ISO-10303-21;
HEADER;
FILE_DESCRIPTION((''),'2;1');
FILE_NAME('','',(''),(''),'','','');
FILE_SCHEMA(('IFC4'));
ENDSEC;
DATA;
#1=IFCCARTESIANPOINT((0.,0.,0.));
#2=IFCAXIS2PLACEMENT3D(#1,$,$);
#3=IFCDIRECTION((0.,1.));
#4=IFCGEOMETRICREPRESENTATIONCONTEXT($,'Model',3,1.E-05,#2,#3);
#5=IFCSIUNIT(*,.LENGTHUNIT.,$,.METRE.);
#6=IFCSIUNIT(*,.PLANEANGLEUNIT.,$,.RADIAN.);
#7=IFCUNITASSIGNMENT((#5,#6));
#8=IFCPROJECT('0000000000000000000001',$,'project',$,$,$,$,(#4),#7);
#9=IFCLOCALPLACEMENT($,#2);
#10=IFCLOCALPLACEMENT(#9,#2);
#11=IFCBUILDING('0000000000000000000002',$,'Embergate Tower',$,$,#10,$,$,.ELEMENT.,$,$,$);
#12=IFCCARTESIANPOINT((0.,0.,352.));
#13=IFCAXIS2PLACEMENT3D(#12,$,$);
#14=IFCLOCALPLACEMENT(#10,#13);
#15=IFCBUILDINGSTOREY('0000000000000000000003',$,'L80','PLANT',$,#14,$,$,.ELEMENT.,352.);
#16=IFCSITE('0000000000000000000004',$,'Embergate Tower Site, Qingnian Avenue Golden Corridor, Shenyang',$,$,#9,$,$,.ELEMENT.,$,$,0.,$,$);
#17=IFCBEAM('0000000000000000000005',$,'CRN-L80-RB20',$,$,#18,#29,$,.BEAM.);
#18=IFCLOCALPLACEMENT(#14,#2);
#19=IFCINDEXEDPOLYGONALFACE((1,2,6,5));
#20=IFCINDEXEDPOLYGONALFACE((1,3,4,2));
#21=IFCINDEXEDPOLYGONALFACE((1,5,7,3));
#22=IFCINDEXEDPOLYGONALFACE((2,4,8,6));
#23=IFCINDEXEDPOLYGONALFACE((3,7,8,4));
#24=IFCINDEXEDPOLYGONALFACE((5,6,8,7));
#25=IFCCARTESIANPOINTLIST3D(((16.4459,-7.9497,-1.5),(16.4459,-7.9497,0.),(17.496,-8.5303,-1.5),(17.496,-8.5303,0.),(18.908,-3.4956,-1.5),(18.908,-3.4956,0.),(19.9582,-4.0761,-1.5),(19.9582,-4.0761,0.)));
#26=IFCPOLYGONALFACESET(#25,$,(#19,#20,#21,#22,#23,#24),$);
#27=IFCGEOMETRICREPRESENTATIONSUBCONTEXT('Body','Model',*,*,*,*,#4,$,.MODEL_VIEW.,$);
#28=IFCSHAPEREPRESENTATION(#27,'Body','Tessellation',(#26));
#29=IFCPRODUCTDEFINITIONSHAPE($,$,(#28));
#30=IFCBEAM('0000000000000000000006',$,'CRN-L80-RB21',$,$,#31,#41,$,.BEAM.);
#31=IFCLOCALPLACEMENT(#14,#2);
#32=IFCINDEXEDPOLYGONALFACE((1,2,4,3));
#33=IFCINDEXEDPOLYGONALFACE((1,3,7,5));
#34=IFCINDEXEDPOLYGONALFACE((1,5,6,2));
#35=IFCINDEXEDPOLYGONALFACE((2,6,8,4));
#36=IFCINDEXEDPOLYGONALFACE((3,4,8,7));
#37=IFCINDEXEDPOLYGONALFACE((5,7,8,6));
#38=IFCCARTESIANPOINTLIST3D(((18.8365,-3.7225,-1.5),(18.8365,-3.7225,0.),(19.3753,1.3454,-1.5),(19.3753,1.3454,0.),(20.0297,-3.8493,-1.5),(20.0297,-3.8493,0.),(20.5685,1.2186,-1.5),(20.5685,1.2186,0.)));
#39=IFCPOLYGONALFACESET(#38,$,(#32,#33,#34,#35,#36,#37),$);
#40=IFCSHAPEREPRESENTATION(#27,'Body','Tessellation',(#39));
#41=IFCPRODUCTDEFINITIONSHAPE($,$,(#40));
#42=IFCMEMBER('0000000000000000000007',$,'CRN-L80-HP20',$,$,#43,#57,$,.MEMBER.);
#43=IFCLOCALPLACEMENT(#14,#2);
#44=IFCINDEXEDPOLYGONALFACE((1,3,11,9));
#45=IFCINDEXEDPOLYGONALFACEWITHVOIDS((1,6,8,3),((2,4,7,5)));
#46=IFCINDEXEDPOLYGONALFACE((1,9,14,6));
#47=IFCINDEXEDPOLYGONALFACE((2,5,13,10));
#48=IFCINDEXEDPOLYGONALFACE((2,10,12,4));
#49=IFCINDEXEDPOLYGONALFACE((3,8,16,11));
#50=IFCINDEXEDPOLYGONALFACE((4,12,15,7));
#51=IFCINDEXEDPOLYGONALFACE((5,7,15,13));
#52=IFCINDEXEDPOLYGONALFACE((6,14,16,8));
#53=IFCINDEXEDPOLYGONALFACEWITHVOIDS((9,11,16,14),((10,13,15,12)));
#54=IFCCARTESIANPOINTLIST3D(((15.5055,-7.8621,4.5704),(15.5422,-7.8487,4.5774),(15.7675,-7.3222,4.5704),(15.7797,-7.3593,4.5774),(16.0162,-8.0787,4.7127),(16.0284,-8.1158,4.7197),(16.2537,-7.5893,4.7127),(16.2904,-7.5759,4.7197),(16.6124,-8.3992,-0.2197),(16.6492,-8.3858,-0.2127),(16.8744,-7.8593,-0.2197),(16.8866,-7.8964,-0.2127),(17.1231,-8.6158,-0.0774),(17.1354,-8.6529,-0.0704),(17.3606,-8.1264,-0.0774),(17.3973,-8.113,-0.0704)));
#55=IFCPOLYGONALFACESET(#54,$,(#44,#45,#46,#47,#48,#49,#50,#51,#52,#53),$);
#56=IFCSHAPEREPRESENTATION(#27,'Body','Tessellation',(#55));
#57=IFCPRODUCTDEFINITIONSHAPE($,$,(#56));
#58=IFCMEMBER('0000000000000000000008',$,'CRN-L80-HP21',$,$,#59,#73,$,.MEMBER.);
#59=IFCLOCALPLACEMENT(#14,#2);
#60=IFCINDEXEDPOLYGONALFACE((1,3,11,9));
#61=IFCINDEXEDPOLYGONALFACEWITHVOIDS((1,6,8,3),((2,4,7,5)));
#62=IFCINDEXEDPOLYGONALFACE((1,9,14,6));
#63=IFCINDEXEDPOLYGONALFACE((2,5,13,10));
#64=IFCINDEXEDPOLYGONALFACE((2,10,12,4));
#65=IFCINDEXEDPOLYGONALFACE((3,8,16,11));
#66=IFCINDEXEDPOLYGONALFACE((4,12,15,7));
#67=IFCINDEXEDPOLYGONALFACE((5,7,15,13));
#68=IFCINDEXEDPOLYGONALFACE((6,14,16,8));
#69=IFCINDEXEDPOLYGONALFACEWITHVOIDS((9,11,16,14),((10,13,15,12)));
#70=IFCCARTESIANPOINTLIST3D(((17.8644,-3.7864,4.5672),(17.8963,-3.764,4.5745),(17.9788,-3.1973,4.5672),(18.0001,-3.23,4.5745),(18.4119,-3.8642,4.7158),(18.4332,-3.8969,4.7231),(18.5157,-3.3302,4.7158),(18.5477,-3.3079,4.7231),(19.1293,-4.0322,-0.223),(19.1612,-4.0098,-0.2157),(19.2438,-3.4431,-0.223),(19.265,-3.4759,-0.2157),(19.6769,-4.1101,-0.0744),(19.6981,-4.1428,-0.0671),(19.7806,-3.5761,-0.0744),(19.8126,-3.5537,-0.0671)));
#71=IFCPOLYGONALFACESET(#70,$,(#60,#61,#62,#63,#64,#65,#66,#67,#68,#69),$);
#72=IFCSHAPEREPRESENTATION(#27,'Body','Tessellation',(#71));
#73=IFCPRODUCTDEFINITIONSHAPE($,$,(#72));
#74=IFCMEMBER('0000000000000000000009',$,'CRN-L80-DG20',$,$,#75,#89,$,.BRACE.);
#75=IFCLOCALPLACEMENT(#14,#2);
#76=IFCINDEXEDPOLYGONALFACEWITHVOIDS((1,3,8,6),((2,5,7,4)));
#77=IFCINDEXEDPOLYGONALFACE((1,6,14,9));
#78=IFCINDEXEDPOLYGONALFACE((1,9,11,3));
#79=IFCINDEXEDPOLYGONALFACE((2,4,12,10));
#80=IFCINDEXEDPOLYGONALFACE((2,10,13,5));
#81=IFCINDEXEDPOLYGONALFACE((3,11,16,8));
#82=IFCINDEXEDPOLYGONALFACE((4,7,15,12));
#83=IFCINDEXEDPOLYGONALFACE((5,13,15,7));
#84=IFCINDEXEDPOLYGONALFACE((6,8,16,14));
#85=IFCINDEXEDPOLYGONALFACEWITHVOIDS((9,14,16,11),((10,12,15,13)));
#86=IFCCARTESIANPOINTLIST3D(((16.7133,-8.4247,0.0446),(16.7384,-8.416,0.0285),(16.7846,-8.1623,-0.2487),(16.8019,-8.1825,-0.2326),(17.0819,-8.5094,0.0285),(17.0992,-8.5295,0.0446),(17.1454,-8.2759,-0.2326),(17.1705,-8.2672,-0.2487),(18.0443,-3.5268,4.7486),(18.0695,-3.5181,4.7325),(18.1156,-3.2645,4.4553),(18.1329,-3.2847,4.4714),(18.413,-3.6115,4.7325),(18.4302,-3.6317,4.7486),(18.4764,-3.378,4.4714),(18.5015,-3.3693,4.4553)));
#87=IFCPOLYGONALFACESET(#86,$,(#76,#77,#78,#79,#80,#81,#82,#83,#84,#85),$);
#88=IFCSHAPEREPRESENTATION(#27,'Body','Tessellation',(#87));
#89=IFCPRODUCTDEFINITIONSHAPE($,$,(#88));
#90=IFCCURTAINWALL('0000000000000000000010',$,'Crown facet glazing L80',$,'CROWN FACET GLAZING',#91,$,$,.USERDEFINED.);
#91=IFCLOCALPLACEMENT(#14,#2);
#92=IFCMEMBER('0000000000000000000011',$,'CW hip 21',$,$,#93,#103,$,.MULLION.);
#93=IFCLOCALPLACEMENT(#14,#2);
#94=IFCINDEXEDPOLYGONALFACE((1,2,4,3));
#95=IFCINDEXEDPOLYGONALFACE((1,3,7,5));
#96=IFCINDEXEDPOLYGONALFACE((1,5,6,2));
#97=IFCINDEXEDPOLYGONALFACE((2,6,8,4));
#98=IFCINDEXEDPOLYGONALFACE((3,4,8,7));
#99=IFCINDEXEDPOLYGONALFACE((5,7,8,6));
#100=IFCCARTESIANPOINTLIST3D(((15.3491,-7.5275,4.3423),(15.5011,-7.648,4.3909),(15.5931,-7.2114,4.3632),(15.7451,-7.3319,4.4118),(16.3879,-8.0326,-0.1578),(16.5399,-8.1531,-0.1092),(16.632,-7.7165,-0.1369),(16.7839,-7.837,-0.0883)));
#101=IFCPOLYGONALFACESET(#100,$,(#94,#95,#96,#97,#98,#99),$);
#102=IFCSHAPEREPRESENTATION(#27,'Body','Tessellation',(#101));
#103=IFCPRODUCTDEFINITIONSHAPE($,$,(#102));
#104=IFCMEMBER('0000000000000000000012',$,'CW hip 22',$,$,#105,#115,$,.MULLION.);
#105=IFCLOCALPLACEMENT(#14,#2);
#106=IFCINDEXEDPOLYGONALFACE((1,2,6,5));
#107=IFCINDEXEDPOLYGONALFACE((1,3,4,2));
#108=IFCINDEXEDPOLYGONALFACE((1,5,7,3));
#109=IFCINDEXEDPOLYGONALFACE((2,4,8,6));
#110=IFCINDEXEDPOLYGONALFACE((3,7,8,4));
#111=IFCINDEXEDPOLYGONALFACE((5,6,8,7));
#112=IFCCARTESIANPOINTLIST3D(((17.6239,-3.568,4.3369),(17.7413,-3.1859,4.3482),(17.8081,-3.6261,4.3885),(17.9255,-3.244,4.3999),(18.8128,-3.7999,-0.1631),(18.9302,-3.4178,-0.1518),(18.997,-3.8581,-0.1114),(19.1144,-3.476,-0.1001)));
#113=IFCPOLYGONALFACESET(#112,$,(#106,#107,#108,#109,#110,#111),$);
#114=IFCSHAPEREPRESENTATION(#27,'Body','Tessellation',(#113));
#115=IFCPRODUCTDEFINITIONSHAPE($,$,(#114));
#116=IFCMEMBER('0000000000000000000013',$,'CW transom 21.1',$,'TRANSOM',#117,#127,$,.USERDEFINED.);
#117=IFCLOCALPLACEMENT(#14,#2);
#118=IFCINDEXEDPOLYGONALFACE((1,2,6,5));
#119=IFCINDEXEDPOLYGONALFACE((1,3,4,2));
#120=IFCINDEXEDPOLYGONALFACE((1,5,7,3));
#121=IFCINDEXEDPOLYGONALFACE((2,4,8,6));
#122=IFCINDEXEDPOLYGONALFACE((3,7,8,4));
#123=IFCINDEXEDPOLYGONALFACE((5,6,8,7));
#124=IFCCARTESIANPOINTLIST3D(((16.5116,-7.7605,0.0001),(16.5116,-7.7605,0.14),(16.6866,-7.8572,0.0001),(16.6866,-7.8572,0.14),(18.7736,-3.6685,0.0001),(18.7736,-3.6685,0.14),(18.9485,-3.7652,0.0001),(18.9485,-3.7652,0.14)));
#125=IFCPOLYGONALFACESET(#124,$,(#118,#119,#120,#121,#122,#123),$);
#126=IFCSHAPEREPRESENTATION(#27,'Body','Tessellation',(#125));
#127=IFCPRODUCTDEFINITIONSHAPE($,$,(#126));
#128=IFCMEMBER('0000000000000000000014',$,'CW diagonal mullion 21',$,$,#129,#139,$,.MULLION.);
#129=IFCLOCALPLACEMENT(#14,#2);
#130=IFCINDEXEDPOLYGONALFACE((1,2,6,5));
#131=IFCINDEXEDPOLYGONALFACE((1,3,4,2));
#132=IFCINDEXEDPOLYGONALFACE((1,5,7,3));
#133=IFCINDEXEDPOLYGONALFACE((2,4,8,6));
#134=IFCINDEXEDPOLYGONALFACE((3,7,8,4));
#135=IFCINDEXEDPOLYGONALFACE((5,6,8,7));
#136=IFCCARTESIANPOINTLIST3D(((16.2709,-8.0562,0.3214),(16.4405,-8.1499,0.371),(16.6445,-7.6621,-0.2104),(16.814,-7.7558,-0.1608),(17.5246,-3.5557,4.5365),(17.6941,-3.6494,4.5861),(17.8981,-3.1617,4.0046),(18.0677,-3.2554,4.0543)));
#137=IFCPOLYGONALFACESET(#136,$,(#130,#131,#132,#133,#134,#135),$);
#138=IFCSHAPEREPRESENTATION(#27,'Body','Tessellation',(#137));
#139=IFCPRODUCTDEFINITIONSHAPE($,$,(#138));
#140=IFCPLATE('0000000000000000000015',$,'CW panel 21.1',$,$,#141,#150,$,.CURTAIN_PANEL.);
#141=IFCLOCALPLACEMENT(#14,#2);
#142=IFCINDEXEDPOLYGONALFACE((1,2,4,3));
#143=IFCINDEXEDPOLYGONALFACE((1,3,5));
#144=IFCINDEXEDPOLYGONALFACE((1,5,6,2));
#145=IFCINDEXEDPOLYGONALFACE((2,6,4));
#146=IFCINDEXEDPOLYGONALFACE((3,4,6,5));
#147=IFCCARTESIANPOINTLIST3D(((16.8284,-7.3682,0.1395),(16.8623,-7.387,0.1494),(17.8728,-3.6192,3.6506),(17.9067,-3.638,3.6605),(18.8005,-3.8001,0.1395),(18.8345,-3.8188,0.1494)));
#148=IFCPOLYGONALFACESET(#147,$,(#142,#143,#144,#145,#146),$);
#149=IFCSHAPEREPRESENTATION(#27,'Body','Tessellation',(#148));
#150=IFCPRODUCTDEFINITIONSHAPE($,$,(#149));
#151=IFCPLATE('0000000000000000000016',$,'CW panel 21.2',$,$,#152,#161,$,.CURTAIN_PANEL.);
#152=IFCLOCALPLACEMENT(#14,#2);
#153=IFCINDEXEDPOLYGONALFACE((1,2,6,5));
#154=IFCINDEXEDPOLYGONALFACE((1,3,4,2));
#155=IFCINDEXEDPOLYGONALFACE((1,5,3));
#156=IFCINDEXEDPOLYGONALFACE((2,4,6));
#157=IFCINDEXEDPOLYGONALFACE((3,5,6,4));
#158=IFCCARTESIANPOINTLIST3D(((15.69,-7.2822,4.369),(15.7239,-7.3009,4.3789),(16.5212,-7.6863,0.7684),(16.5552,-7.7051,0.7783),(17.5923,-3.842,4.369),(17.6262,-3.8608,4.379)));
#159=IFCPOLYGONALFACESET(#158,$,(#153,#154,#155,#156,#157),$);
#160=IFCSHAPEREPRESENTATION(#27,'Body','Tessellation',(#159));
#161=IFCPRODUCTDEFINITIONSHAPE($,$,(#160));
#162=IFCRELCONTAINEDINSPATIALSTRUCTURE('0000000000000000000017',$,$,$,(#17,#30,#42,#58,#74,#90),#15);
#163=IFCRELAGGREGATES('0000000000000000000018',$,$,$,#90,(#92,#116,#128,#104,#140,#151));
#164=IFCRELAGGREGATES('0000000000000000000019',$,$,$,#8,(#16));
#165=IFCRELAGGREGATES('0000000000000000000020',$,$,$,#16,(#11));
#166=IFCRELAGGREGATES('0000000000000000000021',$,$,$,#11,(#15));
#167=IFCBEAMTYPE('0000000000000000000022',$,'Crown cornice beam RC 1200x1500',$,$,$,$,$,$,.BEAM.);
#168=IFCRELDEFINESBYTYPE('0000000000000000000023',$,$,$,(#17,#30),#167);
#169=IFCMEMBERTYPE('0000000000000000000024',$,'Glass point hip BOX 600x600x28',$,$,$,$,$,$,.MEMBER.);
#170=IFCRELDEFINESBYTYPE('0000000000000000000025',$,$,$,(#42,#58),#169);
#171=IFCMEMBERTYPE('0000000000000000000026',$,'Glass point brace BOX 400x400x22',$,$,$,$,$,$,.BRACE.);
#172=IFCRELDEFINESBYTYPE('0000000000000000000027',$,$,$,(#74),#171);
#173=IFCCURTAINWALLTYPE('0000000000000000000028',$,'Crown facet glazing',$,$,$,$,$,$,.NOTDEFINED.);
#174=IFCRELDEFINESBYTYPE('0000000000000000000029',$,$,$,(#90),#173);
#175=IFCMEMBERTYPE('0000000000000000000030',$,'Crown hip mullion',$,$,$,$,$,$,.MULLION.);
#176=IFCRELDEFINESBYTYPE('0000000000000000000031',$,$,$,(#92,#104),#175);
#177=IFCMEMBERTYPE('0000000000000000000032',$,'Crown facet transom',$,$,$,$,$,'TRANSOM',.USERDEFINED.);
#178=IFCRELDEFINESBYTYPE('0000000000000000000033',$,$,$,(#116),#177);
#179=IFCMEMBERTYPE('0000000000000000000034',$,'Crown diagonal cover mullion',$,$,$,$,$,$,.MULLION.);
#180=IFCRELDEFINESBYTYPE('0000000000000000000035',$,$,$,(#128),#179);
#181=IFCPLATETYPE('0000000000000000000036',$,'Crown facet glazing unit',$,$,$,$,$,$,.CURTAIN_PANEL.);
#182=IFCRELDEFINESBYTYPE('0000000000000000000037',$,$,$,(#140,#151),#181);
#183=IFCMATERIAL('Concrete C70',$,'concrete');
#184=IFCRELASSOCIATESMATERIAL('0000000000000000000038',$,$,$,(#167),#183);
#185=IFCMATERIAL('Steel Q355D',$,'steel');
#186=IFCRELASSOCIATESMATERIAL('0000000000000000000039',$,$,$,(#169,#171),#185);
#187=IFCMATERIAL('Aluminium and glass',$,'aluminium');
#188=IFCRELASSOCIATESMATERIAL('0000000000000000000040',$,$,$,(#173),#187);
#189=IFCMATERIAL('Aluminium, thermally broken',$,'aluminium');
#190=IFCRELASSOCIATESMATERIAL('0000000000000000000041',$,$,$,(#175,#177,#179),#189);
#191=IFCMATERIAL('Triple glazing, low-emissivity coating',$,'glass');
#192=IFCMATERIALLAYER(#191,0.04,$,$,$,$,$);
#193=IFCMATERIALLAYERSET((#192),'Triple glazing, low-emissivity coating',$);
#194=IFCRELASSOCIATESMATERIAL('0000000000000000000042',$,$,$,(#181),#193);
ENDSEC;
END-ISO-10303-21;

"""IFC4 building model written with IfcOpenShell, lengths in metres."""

from ifc_helpers import new_model, si_unit, direction, frame, origin, origin_2d, place, context, subcontext, project, spatial, polyline, rectangle, hollow_rectangle, outline, extrude, source, transform, mapped, material, layer, layer_set, material_profile, profile_set, type_object, element, aggregate, save


model = new_model("IFC4")

# Units and contexts
model_context = context("Model", 3, precision=1e-05, world=origin(), true_north=direction((0.0, 1.0)))
body_context = subcontext(model_context, "Body", "Model", "MODEL_VIEW")
ifc_project = project(units=[si_unit("LENGTHUNIT", "METRE"), si_unit("PLANEANGLEUNIT", "RADIAN")], contexts=[model_context])

# Site, building, storey
site_placement = place(None, origin())
site = spatial("IfcSite", under=ifc_project, at=site_placement, Name="Embergate Tower Site, Qingnian Avenue Golden Corridor, Shenyang", CompositionType="ELEMENT", RefElevation=0.0)
building_placement = place(site_placement, origin())
building = spatial("IfcBuilding", under=site, at=building_placement, Name="Embergate Tower", CompositionType="ELEMENT")
storey_placement = place(building_placement, frame((0.0, 0.0, 352.0)))
storey = spatial("IfcBuildingStorey", under=building, at=storey_placement, Name="L80", Description="PLANT", CompositionType="ELEMENT", Elevation=352.0)

# Beams
ifc_material_1 = material(Name="Concrete C70", Category="concrete")
ifc_material_profile_1 = material_profile(ifc_material_1, rectangle(XDim=1.2, YDim=1.5, at=origin_2d()), Name="RC 1200x1500")
ifc_profile_set_1 = profile_set([ifc_material_profile_1], Name="Concrete C70")
beam_type = type_object("IfcBeamType", Name="Crown cornice beam RC 1200x1500", PredefinedType="BEAM", material=ifc_profile_set_1)
shared_shape_1 = source(origin(), body_context, "Body", "SweptSolid", [
    extrude(rectangle(XDim=1.2, YDim=1.5, at=origin_2d()), origin(), (0.0, 0.0, 1.0), 5.0894),
])
beam_1_placement = place(storey_placement, frame((16.9709, -8.24, -0.75), z_axis=(0.483789, 0.875185, 0.0), x_axis=(-0.875185, 0.483789, 0.0)))
element("IfcBeam", 1, at=beam_1_placement, inside=storey, type_object=beam_type, Name="CRN-L80-RB20", PredefinedType="BEAM", context=body_context, shape_type="MappedRepresentation", body=[
    mapped(shared_shape_1, transform((0.0, 0.0, 0.0))),
])
shared_shape_2 = source(origin(), body_context, "Body", "SweptSolid", [
    extrude(rectangle(XDim=1.2, YDim=1.5, at=origin_2d()), origin(), (0.0, 0.0, 1.0), 5.0964),
])
beam_2_placement = place(storey_placement, frame((19.4331, -3.7859, -0.75), z_axis=(0.105725, 0.994395, 0.0), x_axis=(-0.994395, 0.105725, 0.0)))
element("IfcBeam", 2, at=beam_2_placement, inside=storey, type_object=beam_type, Name="CRN-L80-RB21", PredefinedType="BEAM", context=body_context, shape_type="MappedRepresentation", body=[
    mapped(shared_shape_2, transform((0.0, 0.0, 0.0))),
])

# Members
ifc_material_2 = material(Name="Steel Q355D", Category="steel")
ifc_material_profile_2 = material_profile(ifc_material_2, hollow_rectangle(XDim=0.6001, YDim=0.6001, WallThickness=0.0281, at=origin_2d()), Name="BOX 600x600x28")
ifc_profile_set_2 = profile_set([ifc_material_profile_2], Name="Steel Q355 grade D")
member_type_1 = type_object("IfcMemberType", Name="Glass point hip BOX 600x600x28", PredefinedType="MEMBER", material=ifc_profile_set_2)
shared_shape_3 = source(origin(), body_context, "Body", "SweptSolid", [
    extrude(hollow_rectangle(XDim=0.6001, YDim=0.6001, WallThickness=0.0281, at=origin_2d()), origin(), (0.0, 0.0, 1.0), 4.9456),
])
member_1_placement = place(storey_placement, frame((17.0049, -8.2561, -0.145), z_axis=(-0.223825, 0.108605, 0.968559), x_axis=(-0.436546, -0.899682, 0.0)))
element("IfcMember", 3, at=member_1_placement, inside=storey, type_object=member_type_1, Name="CRN-L80-HP20", PredefinedType="MEMBER", context=body_context, shape_type="MappedRepresentation", body=[
    mapped(shared_shape_3, transform((0.0, 0.0, 0.0))),
])
shared_shape_4 = source(origin(), body_context, "Body", "SweptSolid", [
    extrude(hollow_rectangle(XDim=0.6001, YDim=0.6001, WallThickness=0.0281, at=origin_2d()), origin(), (0.0, 0.0, 1.0), 4.9604),
])
member_2_placement = place(storey_placement, frame((19.4709, -3.793, -0.145), z_axis=(-0.255002, 0.049563, 0.96567), x_axis=(-0.190794, -0.98163, 0.0)))
element("IfcMember", 4, at=member_2_placement, inside=storey, type_object=member_type_1, Name="CRN-L80-HP21", PredefinedType="MEMBER", context=body_context, shape_type="MappedRepresentation", body=[
    mapped(shared_shape_4, transform((0.0, 0.0, 0.0))),
])
ifc_material_profile_3 = material_profile(ifc_material_2, hollow_rectangle(XDim=0.3999, YDim=0.3999, WallThickness=0.022, at=origin_2d()), Name="BOX 400x400x22")
ifc_profile_set_3 = profile_set([ifc_material_profile_3], Name="Steel Q355 grade D")
member_type_2 = type_object("IfcMemberType", Name="Glass point brace BOX 400x400x22", PredefinedType="BRACE", material=ifc_profile_set_3)
shared_shape_5 = source(origin(), body_context, "Body", "SweptSolid", [
    extrude(hollow_rectangle(XDim=0.3999, YDim=0.3999, WallThickness=0.022, at=origin_2d()), origin(), (0.0, 0.0, 1.0), 6.9202),
])
member_3_placement = place(storey_placement, frame((16.9419, -8.3459, -0.1021), z_axis=(0.192341, 0.707768, 0.679757), x_axis=(-0.965001, 0.262246, 0.0)))
element("IfcMember", 5, at=member_3_placement, inside=storey, type_object=member_type_2, Name="CRN-L80-DG20", PredefinedType="BRACE", context=body_context, shape_type="MappedRepresentation", body=[
    mapped(shared_shape_5, transform((0.0, 0.0, 0.0))),
])

# Curtain wall, members, plates
ifc_material_3 = material(Name="Aluminium and glass", Category="aluminium")
curtain_wall_type = type_object("IfcCurtainWallType", Name="Crown facet glazing", PredefinedType="NOTDEFINED", material=ifc_material_3)
curtain_wall_placement = place(storey_placement, origin())
curtain_wall = element("IfcCurtainWall", 6, at=curtain_wall_placement, inside=storey, type_object=curtain_wall_type, Name="Crown facet glazing L80", ObjectType="CROWN FACET GLAZING", PredefinedType="USERDEFINED")
ifc_material_4 = material(Name="Aluminium, thermally broken", Category="aluminium")
ifc_material_profile_4 = material_profile(ifc_material_4, rectangle(XDim=0.2, YDim=0.3999, at=origin_2d()), Name="AL 400x200")
ifc_profile_set_4 = profile_set([ifc_material_profile_4], Name="Aluminium, thermally broken")
member_type_3 = type_object("IfcMemberType", Name="Crown hip mullion", PredefinedType="MULLION", material=ifc_profile_set_4)
shared_shape_6 = source(origin(), body_context, "Body", "SweptSolid", [
    extrude(rectangle(XDim=0.2, YDim=0.3999, at=origin_2d()), origin(), (0.0, 0.0, 1.0), 4.646),
])
member_4_placement = place(storey_placement, frame((16.5859, -7.9348, -0.123), z_axis=(-0.223599, 0.108726, 0.968598), x_axis=(0.76005, -0.60268, 0.243107)))
member_4 = element("IfcMember", 7, at=member_4_placement, type_object=member_type_3, Name="CW hip 21", PredefinedType="MULLION", context=body_context, shape_type="MappedRepresentation", body=[
    mapped(shared_shape_6, transform((0.0, 0.0, 0.0))),
])
shared_shape_7 = source(origin(), body_context, "Body", "SweptSolid", [
    extrude(rectangle(XDim=0.2, YDim=0.3999, at=origin_2d()), origin(), (0.0, 0.0, 1.0), 4.6602),
])
member_5_placement = place(storey_placement, frame((18.9636, -3.6379, -0.1316), z_axis=(-0.255132, 0.049769, 0.965625), x_axis=(0.921251, -0.29074, 0.258393)))
member_5 = element("IfcMember", 8, at=member_5_placement, type_object=member_type_3, Name="CW hip 22", PredefinedType="MULLION", context=body_context, shape_type="MappedRepresentation", body=[
    mapped(shared_shape_7, transform((0.0, 0.0, 0.0))),
])
ifc_material_profile_5 = material_profile(ifc_material_4, rectangle(XDim=0.2, YDim=0.1399, at=origin_2d()), Name="AL 140x200")
ifc_profile_set_5 = profile_set([ifc_material_profile_5], Name="Aluminium, thermally broken")
member_type_4 = type_object("IfcMemberType", Name="Crown facet transom", ElementType="TRANSOM", PredefinedType="USERDEFINED", material=ifc_profile_set_5)
shared_shape_8 = source(origin(), body_context, "Body", "SweptSolid", [
    extrude(rectangle(XDim=0.2, YDim=0.1399, at=origin_2d()), origin(), (0.0, 0.0, 1.0), 4.6755),
])
member_6_placement = place(storey_placement, frame((16.5991, -7.8088, 0.0701), z_axis=(0.48378, 0.87519, 0.0), x_axis=(-0.87519, 0.48378, 0.0)))
member_6 = element("IfcMember", 9, at=member_6_placement, type_object=member_type_4, Name="CW transom 21.1", ObjectType="TRANSOM", PredefinedType="USERDEFINED", context=body_context, shape_type="MappedRepresentation", body=[
    mapped(shared_shape_8, transform((0.0, 0.0, 0.0))),
])
ifc_material_profile_6 = material_profile(ifc_material_4, rectangle(XDim=0.2, YDim=0.76, at=origin_2d()), Name="AL 760x200")
ifc_profile_set_6 = profile_set([ifc_material_profile_6], Name="Aluminium, thermally broken")
member_type_5 = type_object("IfcMemberType", Name="Crown diagonal cover mullion", PredefinedType="MULLION", material=ifc_profile_set_6)
shared_shape_9 = source(origin(), body_context, "Body", "SweptSolid", [
    extrude(rectangle(XDim=0.2, YDim=0.76, at=origin_2d()), origin(), (0.0, 0.0, 1.0), 6.2922),
])
member_7_placement = place(storey_placement, frame((16.5425, -7.906, 0.0803), z_axis=(0.199238, 0.715237, 0.66988), x_axis=(0.847775, -0.468667, 0.248253)))
member_7 = element("IfcMember", 10, at=member_7_placement, type_object=member_type_5, Name="CW diagonal mullion 21", PredefinedType="MULLION", context=body_context, shape_type="MappedRepresentation", body=[
    mapped(shared_shape_9, transform((0.0, 0.0, 0.0))),
])
ifc_material_5 = material(Name="Triple glazing, low-emissivity coating", Category="glass")
ifc_layer_1 = layer(ifc_material_5, 0.04)
ifc_layer_set_1 = layer_set([ifc_layer_1], Name="Triple glazing, low-emissivity coating")
plate_type = type_object("IfcPlateType", Name="Crown facet glazing unit", PredefinedType="CURTAIN_PANEL", material=ifc_layer_set_1)
shared_shape_10 = source(origin(), body_context, "Body", "SweptSolid", [
    extrude(outline(polyline([(0.0, 0.0), (4.0769, 0.0), (3.7864, 3.6245), (0.0, 0.0)])), origin(), (0.0, 0.0, -1.0), 0.04),
])
plate_1_placement = place(storey_placement, frame((16.8623, -7.387, 0.1494), z_axis=(0.847832, -0.468614, 0.248158), x_axis=(0.483745, 0.875209, 0.0)))
plate_1 = element("IfcPlate", 11, at=plate_1_placement, type_object=plate_type, Name="CW panel 21.1", PredefinedType="CURTAIN_PANEL", context=body_context, shape_type="MappedRepresentation", body=[
    mapped(shared_shape_10, transform((0.0, 0.0, 0.0))),
])
shared_shape_11 = source(origin(), body_context, "Body", "SweptSolid", [
    extrude(outline(polyline([(0.0, 0.0), (5.375, 0.0), (2.5354, 2.7185), (0.0, 0.0)])), origin(), (0.0, 0.0, -1.0), 0.04),
])
plate_2_placement = place(storey_placement, frame((16.5552, -7.7051, 0.7783), z_axis=(0.847703, -0.46876, 0.24832), x_axis=(0.199268, 0.715221, 0.669889)))
plate_2 = element("IfcPlate", 12, at=plate_2_placement, type_object=plate_type, Name="CW panel 21.2", PredefinedType="CURTAIN_PANEL", context=body_context, shape_type="MappedRepresentation", body=[
    mapped(shared_shape_11, transform((0.0, 0.0, 0.0))),
])
aggregate(curtain_wall, [member_4, member_6, member_7, member_5, plate_1, plate_2])

save(model, "model.ifc")
